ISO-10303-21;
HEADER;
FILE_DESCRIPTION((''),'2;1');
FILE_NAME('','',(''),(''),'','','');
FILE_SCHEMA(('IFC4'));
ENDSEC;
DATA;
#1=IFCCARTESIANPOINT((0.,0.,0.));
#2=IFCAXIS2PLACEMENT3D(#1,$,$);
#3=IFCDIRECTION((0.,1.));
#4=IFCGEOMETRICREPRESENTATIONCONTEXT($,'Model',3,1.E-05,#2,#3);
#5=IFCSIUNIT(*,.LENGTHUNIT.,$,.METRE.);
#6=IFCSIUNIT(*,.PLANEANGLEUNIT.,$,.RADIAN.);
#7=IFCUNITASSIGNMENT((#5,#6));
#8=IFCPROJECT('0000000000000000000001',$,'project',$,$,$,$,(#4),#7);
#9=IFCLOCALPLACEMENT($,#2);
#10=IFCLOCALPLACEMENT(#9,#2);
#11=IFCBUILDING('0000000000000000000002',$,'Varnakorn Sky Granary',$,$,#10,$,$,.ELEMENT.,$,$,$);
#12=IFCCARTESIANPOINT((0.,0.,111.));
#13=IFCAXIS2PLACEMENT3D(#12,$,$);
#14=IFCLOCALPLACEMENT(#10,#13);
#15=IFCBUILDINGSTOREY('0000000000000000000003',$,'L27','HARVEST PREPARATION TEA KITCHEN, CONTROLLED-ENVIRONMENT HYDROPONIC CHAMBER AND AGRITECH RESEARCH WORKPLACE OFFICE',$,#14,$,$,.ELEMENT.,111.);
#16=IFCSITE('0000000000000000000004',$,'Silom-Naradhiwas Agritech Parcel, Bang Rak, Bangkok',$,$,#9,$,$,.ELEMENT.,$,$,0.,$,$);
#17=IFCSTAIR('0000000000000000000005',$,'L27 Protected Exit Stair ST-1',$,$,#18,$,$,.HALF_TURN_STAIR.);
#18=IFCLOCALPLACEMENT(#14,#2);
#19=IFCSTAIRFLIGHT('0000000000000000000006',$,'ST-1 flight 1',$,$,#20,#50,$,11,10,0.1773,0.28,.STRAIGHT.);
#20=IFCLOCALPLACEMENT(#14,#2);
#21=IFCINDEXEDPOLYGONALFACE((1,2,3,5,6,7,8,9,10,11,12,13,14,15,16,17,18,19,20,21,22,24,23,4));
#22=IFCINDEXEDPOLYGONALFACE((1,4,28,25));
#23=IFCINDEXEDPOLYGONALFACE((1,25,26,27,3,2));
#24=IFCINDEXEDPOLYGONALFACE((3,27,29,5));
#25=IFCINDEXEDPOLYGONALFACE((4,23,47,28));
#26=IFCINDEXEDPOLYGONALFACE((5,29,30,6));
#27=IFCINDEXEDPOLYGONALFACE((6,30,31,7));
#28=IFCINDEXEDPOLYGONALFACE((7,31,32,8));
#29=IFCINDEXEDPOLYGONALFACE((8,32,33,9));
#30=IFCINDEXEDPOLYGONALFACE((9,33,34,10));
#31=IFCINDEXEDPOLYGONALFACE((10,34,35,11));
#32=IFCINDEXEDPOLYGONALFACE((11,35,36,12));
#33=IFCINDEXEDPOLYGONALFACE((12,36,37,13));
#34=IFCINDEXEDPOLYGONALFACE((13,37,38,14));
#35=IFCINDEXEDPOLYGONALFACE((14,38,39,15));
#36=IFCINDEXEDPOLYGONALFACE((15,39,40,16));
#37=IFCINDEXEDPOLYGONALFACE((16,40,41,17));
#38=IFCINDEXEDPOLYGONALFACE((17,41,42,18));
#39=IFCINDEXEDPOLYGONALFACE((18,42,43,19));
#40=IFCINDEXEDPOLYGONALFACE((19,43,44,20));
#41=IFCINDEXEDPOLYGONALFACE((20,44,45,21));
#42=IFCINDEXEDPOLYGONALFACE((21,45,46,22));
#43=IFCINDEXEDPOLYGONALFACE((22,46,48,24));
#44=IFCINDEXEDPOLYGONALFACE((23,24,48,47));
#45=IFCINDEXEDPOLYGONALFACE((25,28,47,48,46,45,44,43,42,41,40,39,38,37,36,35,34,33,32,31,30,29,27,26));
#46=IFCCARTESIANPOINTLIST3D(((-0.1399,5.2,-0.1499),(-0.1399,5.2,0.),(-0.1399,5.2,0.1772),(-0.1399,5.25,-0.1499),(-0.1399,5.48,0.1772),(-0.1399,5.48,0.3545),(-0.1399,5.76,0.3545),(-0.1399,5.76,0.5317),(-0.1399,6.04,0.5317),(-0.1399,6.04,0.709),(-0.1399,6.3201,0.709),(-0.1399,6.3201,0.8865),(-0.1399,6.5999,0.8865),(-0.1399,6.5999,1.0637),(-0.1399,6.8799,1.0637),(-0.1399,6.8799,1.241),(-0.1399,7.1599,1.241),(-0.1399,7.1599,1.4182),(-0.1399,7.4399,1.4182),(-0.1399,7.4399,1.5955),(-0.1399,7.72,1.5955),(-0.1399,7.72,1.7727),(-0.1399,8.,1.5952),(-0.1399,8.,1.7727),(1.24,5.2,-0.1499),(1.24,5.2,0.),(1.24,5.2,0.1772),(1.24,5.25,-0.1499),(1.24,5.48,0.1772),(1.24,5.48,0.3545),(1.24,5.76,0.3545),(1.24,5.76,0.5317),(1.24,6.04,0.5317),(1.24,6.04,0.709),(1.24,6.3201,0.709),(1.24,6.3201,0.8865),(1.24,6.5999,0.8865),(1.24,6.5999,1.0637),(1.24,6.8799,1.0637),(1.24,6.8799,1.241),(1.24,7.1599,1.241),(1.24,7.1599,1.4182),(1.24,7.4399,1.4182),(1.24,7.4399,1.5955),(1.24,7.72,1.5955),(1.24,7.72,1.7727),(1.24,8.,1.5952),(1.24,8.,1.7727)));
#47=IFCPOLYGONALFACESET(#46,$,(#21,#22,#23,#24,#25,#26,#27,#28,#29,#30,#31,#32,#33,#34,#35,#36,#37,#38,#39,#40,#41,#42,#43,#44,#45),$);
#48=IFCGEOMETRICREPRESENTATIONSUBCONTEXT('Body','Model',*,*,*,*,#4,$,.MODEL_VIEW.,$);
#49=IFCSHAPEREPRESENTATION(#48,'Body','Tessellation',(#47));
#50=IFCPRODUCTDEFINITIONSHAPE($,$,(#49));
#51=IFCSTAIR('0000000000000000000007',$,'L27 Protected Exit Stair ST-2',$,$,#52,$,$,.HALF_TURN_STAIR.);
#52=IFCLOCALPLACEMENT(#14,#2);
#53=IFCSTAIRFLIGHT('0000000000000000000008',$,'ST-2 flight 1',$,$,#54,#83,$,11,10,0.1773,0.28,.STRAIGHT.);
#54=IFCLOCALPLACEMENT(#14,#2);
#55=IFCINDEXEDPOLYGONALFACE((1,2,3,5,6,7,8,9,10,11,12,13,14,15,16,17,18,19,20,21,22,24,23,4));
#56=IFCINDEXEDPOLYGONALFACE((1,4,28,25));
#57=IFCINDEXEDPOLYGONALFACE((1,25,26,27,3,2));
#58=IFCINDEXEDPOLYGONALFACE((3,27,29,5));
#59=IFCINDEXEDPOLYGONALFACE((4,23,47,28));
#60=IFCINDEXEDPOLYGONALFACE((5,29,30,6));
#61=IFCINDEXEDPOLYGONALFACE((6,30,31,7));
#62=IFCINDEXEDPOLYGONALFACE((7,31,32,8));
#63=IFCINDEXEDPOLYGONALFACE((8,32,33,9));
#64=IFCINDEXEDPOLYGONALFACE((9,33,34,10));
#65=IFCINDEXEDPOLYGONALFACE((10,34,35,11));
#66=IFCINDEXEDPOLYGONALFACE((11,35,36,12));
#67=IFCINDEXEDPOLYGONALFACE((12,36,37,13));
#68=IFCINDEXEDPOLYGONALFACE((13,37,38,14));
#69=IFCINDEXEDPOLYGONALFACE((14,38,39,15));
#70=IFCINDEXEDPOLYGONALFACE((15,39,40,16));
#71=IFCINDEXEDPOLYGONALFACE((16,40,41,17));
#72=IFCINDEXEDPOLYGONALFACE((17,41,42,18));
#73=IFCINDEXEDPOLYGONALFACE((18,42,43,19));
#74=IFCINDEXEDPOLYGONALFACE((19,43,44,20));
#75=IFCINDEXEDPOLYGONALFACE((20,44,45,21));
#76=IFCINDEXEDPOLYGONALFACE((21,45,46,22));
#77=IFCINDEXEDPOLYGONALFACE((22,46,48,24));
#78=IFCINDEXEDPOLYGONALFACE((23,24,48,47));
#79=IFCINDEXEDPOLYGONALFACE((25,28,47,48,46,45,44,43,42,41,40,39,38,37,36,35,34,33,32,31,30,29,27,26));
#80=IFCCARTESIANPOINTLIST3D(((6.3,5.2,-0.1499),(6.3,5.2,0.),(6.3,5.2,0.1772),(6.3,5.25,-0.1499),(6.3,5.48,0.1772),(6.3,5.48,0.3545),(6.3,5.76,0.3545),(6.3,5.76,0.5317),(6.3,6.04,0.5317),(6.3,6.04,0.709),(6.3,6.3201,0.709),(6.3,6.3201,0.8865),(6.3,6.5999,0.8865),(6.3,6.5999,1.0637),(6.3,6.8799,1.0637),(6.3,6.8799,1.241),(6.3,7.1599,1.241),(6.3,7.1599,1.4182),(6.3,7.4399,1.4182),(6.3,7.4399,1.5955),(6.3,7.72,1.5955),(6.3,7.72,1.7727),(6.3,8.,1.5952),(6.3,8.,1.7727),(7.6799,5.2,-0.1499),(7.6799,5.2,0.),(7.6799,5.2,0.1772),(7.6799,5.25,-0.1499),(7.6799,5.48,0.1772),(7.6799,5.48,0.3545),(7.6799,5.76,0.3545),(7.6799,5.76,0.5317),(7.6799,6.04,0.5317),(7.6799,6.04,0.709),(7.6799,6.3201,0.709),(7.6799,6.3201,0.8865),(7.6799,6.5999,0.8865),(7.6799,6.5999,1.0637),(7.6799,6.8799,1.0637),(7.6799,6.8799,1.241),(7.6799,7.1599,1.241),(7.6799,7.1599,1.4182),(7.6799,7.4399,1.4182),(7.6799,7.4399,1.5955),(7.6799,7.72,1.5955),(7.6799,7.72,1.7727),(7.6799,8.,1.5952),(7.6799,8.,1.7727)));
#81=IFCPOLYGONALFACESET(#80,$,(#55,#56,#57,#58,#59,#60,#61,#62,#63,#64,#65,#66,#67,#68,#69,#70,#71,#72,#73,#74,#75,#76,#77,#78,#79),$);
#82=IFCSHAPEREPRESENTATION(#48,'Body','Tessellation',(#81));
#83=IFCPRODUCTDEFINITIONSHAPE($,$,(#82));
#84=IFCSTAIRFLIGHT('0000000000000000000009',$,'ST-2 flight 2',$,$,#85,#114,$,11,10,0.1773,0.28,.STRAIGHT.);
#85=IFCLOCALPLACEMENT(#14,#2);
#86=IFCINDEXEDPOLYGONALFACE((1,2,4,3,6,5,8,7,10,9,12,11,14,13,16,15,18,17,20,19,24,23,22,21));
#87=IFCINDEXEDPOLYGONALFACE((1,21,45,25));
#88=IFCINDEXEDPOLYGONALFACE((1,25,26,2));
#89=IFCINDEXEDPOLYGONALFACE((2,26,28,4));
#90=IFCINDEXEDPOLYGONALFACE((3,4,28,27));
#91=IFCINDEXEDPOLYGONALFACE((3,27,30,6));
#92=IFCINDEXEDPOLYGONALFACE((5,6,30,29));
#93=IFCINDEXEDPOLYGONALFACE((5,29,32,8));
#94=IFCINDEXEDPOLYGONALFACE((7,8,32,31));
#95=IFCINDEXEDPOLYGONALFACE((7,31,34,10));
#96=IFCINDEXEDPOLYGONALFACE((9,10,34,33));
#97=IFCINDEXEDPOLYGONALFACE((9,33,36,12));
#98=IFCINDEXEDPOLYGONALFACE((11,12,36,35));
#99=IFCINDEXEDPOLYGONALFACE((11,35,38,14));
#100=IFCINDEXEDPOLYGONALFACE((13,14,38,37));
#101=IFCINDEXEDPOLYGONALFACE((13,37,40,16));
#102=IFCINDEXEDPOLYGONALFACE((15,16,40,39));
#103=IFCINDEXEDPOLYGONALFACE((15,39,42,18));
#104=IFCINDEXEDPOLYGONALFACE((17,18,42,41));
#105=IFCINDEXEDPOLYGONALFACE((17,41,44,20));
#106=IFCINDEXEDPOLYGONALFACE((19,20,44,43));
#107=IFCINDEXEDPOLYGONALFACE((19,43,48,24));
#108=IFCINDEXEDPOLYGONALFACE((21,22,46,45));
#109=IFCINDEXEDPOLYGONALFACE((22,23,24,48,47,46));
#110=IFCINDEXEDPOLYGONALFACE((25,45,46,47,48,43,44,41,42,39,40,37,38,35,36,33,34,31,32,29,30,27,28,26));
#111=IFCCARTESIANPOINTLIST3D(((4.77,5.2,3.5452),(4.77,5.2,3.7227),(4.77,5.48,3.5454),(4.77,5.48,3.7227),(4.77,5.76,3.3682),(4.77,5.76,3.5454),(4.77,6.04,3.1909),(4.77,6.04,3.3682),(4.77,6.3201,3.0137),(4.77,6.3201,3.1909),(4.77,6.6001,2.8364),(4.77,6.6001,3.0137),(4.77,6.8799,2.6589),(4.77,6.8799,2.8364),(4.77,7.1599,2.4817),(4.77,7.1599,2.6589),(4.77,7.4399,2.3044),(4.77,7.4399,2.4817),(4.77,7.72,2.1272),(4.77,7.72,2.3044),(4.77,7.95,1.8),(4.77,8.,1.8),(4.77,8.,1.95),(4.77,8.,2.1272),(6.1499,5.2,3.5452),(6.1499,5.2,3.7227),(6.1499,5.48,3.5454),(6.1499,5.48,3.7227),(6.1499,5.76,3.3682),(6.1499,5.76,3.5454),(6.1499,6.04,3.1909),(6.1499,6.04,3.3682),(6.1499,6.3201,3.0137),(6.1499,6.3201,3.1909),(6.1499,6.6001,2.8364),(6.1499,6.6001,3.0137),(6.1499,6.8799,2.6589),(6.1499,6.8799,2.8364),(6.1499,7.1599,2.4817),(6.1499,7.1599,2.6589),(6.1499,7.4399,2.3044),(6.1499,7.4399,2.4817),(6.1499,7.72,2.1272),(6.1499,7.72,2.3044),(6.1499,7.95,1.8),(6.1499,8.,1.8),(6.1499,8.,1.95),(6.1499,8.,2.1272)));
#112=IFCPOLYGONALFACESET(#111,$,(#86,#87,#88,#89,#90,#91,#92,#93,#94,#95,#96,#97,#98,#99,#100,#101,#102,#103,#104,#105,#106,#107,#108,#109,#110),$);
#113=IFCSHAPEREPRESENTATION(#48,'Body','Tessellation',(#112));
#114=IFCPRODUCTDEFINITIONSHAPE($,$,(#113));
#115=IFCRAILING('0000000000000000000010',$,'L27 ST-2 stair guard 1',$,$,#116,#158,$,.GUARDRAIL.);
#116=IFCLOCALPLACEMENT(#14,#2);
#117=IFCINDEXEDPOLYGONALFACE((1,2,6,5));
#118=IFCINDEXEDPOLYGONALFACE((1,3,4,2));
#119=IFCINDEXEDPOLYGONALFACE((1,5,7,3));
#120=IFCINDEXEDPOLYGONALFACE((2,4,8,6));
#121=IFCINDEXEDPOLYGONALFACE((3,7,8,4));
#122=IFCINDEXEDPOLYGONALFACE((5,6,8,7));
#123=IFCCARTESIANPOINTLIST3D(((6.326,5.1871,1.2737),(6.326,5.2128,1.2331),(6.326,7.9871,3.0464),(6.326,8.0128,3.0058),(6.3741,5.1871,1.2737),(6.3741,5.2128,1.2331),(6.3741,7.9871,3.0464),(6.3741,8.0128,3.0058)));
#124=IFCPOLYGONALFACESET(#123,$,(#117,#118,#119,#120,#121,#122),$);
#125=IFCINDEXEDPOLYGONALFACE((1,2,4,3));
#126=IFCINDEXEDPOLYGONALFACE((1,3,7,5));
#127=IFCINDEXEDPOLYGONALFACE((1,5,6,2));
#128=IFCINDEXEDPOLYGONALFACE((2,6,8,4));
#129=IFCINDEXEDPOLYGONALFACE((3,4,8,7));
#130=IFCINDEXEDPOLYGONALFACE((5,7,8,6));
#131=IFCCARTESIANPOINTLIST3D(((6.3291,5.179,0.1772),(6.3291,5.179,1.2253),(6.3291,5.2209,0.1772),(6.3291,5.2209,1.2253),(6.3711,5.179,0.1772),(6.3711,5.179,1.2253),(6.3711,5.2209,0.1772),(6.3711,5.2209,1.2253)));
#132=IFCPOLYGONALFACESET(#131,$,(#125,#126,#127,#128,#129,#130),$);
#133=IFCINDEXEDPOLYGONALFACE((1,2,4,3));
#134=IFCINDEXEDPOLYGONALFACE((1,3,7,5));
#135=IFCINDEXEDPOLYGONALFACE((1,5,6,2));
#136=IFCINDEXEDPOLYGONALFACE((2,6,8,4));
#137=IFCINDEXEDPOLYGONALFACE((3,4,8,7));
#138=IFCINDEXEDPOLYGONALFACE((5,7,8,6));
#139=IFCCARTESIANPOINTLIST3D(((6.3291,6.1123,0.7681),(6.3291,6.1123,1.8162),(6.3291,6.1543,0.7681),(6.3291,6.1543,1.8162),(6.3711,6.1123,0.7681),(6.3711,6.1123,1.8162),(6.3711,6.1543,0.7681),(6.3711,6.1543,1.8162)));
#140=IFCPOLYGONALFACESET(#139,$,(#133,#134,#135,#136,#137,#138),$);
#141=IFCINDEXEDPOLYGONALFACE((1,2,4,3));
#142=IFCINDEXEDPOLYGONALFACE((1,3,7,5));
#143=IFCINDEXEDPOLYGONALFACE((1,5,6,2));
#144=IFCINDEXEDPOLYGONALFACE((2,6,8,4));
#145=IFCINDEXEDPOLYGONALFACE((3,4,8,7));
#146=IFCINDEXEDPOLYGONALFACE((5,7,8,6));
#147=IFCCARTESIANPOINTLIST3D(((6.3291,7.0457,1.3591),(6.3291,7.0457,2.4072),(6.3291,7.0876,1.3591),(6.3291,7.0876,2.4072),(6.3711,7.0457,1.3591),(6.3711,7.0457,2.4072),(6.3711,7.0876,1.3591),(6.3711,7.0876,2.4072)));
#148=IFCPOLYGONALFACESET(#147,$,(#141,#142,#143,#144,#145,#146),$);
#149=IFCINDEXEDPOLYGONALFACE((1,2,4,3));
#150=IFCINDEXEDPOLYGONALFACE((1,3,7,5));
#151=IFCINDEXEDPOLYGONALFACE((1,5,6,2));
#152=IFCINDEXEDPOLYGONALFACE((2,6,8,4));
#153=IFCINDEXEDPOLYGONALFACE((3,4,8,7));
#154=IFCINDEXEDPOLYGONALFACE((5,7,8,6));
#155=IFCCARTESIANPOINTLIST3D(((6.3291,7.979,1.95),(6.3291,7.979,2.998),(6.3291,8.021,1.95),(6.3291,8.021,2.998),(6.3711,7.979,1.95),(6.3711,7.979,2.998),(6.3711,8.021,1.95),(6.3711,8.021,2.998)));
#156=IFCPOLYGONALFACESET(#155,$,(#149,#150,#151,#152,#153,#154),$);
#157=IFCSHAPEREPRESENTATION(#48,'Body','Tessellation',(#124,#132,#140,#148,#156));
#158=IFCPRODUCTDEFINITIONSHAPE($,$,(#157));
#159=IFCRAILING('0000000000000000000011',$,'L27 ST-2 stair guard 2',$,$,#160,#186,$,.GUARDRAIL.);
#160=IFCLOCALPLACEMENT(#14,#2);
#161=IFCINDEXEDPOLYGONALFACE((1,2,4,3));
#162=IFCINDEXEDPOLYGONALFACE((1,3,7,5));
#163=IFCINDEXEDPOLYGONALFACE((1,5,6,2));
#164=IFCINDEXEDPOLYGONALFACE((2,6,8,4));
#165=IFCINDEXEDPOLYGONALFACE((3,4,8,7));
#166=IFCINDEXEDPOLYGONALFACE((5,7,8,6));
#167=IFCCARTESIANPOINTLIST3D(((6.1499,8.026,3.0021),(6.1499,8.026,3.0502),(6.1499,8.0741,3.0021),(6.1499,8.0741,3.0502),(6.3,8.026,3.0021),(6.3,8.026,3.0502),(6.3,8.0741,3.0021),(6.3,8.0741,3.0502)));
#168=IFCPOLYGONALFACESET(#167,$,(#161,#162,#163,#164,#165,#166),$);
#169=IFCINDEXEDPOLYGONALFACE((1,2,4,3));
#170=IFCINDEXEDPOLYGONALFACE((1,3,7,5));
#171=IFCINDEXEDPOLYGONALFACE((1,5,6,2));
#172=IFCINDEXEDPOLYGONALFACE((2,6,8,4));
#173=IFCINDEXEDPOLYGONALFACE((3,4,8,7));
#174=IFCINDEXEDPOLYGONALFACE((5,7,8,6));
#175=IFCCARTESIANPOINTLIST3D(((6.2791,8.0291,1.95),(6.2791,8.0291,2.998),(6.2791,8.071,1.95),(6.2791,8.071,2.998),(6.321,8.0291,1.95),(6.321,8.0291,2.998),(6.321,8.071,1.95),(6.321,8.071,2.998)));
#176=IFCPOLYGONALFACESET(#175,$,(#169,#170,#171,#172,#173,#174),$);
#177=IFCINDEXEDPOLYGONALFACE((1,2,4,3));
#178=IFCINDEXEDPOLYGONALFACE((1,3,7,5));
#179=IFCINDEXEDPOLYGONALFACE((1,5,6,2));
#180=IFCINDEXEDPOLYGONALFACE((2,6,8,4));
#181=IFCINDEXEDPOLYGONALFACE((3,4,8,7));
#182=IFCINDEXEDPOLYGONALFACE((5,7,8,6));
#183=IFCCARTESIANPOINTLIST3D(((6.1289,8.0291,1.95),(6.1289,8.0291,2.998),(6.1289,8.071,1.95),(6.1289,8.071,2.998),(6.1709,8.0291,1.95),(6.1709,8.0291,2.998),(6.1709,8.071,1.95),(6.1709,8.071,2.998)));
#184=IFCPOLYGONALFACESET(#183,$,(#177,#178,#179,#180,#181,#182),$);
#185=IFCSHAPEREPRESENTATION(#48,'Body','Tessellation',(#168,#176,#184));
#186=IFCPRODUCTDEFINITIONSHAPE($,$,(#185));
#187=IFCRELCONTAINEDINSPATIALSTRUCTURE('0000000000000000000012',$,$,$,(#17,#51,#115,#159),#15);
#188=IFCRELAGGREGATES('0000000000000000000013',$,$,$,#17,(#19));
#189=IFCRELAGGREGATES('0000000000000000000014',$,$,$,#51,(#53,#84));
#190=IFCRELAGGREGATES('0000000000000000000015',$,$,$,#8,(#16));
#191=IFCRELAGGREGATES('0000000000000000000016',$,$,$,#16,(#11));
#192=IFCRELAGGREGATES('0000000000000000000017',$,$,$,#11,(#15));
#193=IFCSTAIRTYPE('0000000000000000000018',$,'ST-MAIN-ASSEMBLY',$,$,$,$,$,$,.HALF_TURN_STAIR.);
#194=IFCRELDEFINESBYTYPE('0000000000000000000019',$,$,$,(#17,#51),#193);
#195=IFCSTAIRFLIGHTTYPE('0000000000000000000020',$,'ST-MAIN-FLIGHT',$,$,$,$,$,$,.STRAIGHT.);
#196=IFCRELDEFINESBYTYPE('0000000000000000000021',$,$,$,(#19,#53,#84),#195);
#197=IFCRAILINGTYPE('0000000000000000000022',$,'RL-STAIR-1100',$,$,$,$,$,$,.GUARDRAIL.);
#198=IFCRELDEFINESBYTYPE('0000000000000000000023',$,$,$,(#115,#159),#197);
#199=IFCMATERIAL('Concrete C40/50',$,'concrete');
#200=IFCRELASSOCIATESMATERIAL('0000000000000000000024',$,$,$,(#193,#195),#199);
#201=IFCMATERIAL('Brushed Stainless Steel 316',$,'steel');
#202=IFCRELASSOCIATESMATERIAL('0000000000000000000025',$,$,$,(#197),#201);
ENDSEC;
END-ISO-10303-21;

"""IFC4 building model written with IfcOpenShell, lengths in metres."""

from ifc_helpers import new_model, si_unit, direction, frame, origin, origin_2d, place, context, subcontext, project, spatial, polyline, rectangle, outline, extrude, material, type_object, element, aggregate, save


model = new_model("IFC4")

# Units and contexts
model_context = context("Model", 3, precision=1e-05, world=origin(), true_north=direction((0.0, 1.0)))
body_context = subcontext(model_context, "Body", "Model", "MODEL_VIEW")
ifc_project = project(units=[si_unit("LENGTHUNIT", "METRE"), si_unit("PLANEANGLEUNIT", "RADIAN")], contexts=[model_context])

# Site, building, storey
site_placement = place(None, origin())
site = spatial("IfcSite", under=ifc_project, at=site_placement, Name="Silom-Naradhiwas Agritech Parcel, Bang Rak, Bangkok", CompositionType="ELEMENT", RefElevation=0.0)
building_placement = place(site_placement, origin())
building = spatial("IfcBuilding", under=site, at=building_placement, Name="Varnakorn Sky Granary", CompositionType="ELEMENT")
storey_placement = place(building_placement, frame((0.0, 0.0, 111.0)))
storey = spatial("IfcBuildingStorey", under=building, at=storey_placement, Name="L27", Description="HARVEST PREPARATION TEA KITCHEN, CONTROLLED-ENVIRONMENT HYDROPONIC CHAMBER AND AGRITECH RESEARCH WORKPLACE OFFICE", CompositionType="ELEMENT", Elevation=111.0)

# Stair, stair flight
ifc_material_1 = material(Name="Concrete C40/50", Category="concrete")
stair_type = type_object("IfcStairType", Name="ST-MAIN-ASSEMBLY", PredefinedType="HALF_TURN_STAIR", material=ifc_material_1)
stair_1_placement = place(storey_placement, origin())
stair_1 = element("IfcStair", 1, at=stair_1_placement, inside=storey, type_object=stair_type, Name="L27 Protected Exit Stair ST-1", PredefinedType="HALF_TURN_STAIR")
stair_flight_type = type_object("IfcStairFlightType", Name="ST-MAIN-FLIGHT", PredefinedType="STRAIGHT", material=ifc_material_1)
stair_flight_1_placement = place(storey_placement, frame((0.55, 5.2, 0.0), z_axis=(0.0, 0.0, 1.0), x_axis=(0.0, 1.0, 0.0)))
stair_flight_1 = element("IfcStairFlight", 2, at=stair_flight_1_placement, type_object=stair_flight_type, Name="ST-1 flight 1", NumberOfRisers=11, NumberOfTreads=10, PredefinedType="STRAIGHT", RiserHeight=0.1773, TreadLength=0.28, context=body_context, shape_type="SweptSolid", body=[
    extrude(outline(polyline([(0.0, -0.1499), (0.0, 0.0), (0.0, 0.1772), (0.28, 0.1772), (0.28, 0.3545), (0.5601, 0.3545), (0.5601, 0.5317), (0.8401, 0.5317), (0.8401, 0.709), (1.1201, 0.709), (1.1201, 0.8865), (1.3999, 0.8865), (1.3999, 1.0637), (1.6799, 1.0637), (1.6799, 1.241), (1.96, 1.241), (1.96, 1.4182), (2.24, 1.4182), (2.24, 1.5955), (2.52, 1.5955), (2.52, 1.7727), (2.8, 1.7727), (2.8, 1.95), (2.8, 1.5952), (0.05, -0.1499), (0.0, -0.1499)])), frame((0.0, 0.6899, 0.0), z_axis=(0.0, -1.0, 0.0), x_axis=(1.0, 0.0, 0.0)), (0.0, 0.0, 1.0), 1.3799),
])
aggregate(stair_1, [stair_flight_1])

# Stair, stair flights
stair_2_placement = place(storey_placement, origin())
stair_2 = element("IfcStair", 3, at=stair_2_placement, inside=storey, type_object=stair_type, Name="L27 Protected Exit Stair ST-2", PredefinedType="HALF_TURN_STAIR")
stair_flight_2_placement = place(storey_placement, frame((6.99, 5.2, 0.0), z_axis=(0.0, 0.0, 1.0), x_axis=(0.0, 1.0, 0.0)))
stair_flight_2 = element("IfcStairFlight", 4, at=stair_flight_2_placement, type_object=stair_flight_type, Name="ST-2 flight 1", NumberOfRisers=11, NumberOfTreads=10, PredefinedType="STRAIGHT", RiserHeight=0.1773, TreadLength=0.28, context=body_context, shape_type="SweptSolid", body=[
    extrude(outline(polyline([(0.0, -0.1499), (0.0, 0.0), (0.0, 0.1772), (0.28, 0.1772), (0.28, 0.3545), (0.5601, 0.3545), (0.5601, 0.5317), (0.8401, 0.5317), (0.8401, 0.709), (1.1201, 0.709), (1.1201, 0.8865), (1.3999, 0.8865), (1.3999, 1.0637), (1.6799, 1.0637), (1.6799, 1.241), (1.96, 1.241), (1.96, 1.4182), (2.24, 1.4182), (2.24, 1.5955), (2.52, 1.5955), (2.52, 1.7727), (2.8, 1.7727), (2.8, 1.95), (2.8, 1.5952), (0.05, -0.1499), (0.0, -0.1499)])), frame((0.0, 0.6899, 0.0), z_axis=(0.0, -1.0, 0.0), x_axis=(1.0, 0.0, 0.0)), (0.0, 0.0, 1.0), 1.3799),
])
stair_flight_3_placement = place(storey_placement, frame((5.46, 8.0, 1.95), z_axis=(0.0, 0.0, 1.0), x_axis=(0.0, -1.0, 0.0)))
stair_flight_3 = element("IfcStairFlight", 5, at=stair_flight_3_placement, type_object=stair_flight_type, Name="ST-2 flight 2", NumberOfRisers=11, NumberOfTreads=10, PredefinedType="STRAIGHT", RiserHeight=0.1773, TreadLength=0.28, context=body_context, shape_type="SweptSolid", body=[
    extrude(outline(polyline([(0.0, -0.1499), (0.0, 0.0), (0.0, 0.1772), (0.28, 0.1772), (0.28, 0.3545), (0.5601, 0.3545), (0.5601, 0.5317), (0.8401, 0.5317), (0.8401, 0.709), (1.1201, 0.709), (1.1201, 0.8865), (1.3999, 0.8865), (1.3999, 1.0637), (1.6799, 1.0637), (1.6799, 1.241), (1.96, 1.241), (1.96, 1.4182), (2.24, 1.4182), (2.24, 1.5955), (2.52, 1.5955), (2.52, 1.7727), (2.8, 1.7727), (2.8, 1.95), (2.8, 1.5952), (0.05, -0.1499), (0.0, -0.1499)])), frame((0.0, 0.6899, 0.0), z_axis=(0.0, -1.0, 0.0), x_axis=(1.0, 0.0, 0.0)), (0.0, 0.0, 1.0), 1.3799),
])
aggregate(stair_2, [stair_flight_2, stair_flight_3])

# Railings
ifc_material_2 = material(Name="Brushed Stainless Steel 316", Category="steel")
railing_type_1 = type_object("IfcRailingType", Name="RL-STAIR-1100", PredefinedType="GUARDRAIL", material=ifc_material_2)
railing_1_placement = place(storey_placement, frame((6.3501, 5.2, 0.1772)))
element("IfcRailing", 6, at=railing_1_placement, inside=storey, type_object=railing_type_1, Name="L27 ST-2 stair guard 1", PredefinedType="GUARDRAIL", context=body_context, shape_type="SweptSolid", body=[
    extrude(rectangle(XDim=0.0481, YDim=0.0481, at=origin_2d()), frame((0.0, 0.0, 1.0762), z_axis=(0.0, 0.844909, 0.53491), x_axis=(-1.0, 0.0, 0.0)), (0.0, 0.0, 1.0), 3.314),
    extrude(rectangle(XDim=0.042, YDim=0.042, at=origin_2d()), origin(), (0.0, 0.0, 1.0), 1.0481),
    extrude(rectangle(XDim=0.042, YDim=0.042, at=origin_2d()), frame((0.0, 0.9333, 0.5908)), (0.0, 0.0, 1.0), 1.0481),
    extrude(rectangle(XDim=0.042, YDim=0.042, at=origin_2d()), frame((0.0, 1.8667, 1.1819)), (0.0, 0.0, 1.0), 1.0481),
    extrude(rectangle(XDim=0.042, YDim=0.042, at=origin_2d()), frame((0.0, 2.8, 1.7727)), (0.0, 0.0, 1.0), 1.0481),
])
railing_2_placement = place(storey_placement, frame((6.3, 8.05, 1.95)))
element("IfcRailing", 7, at=railing_2_placement, inside=storey, type_object=railing_type_1, Name="L27 ST-2 stair guard 2", PredefinedType="GUARDRAIL", context=body_context, shape_type="SweptSolid", body=[
    extrude(rectangle(XDim=0.0481, YDim=0.0481, at=origin_2d()), frame((0.0, 0.0, 1.0762), z_axis=(-1.0, 0.0, 0.0), x_axis=(0.0, -1.0, 0.0)), (0.0, 0.0, 1.0), 0.1501),
    extrude(rectangle(XDim=0.042, YDim=0.042, at=origin_2d()), origin(), (0.0, 0.0, 1.0), 1.0481),
    extrude(rectangle(XDim=0.042, YDim=0.042, at=origin_2d()), frame((-0.1501, 0.0, 0.0)), (0.0, 0.0, 1.0), 1.0481),
])

save(model, "model.ifc")
